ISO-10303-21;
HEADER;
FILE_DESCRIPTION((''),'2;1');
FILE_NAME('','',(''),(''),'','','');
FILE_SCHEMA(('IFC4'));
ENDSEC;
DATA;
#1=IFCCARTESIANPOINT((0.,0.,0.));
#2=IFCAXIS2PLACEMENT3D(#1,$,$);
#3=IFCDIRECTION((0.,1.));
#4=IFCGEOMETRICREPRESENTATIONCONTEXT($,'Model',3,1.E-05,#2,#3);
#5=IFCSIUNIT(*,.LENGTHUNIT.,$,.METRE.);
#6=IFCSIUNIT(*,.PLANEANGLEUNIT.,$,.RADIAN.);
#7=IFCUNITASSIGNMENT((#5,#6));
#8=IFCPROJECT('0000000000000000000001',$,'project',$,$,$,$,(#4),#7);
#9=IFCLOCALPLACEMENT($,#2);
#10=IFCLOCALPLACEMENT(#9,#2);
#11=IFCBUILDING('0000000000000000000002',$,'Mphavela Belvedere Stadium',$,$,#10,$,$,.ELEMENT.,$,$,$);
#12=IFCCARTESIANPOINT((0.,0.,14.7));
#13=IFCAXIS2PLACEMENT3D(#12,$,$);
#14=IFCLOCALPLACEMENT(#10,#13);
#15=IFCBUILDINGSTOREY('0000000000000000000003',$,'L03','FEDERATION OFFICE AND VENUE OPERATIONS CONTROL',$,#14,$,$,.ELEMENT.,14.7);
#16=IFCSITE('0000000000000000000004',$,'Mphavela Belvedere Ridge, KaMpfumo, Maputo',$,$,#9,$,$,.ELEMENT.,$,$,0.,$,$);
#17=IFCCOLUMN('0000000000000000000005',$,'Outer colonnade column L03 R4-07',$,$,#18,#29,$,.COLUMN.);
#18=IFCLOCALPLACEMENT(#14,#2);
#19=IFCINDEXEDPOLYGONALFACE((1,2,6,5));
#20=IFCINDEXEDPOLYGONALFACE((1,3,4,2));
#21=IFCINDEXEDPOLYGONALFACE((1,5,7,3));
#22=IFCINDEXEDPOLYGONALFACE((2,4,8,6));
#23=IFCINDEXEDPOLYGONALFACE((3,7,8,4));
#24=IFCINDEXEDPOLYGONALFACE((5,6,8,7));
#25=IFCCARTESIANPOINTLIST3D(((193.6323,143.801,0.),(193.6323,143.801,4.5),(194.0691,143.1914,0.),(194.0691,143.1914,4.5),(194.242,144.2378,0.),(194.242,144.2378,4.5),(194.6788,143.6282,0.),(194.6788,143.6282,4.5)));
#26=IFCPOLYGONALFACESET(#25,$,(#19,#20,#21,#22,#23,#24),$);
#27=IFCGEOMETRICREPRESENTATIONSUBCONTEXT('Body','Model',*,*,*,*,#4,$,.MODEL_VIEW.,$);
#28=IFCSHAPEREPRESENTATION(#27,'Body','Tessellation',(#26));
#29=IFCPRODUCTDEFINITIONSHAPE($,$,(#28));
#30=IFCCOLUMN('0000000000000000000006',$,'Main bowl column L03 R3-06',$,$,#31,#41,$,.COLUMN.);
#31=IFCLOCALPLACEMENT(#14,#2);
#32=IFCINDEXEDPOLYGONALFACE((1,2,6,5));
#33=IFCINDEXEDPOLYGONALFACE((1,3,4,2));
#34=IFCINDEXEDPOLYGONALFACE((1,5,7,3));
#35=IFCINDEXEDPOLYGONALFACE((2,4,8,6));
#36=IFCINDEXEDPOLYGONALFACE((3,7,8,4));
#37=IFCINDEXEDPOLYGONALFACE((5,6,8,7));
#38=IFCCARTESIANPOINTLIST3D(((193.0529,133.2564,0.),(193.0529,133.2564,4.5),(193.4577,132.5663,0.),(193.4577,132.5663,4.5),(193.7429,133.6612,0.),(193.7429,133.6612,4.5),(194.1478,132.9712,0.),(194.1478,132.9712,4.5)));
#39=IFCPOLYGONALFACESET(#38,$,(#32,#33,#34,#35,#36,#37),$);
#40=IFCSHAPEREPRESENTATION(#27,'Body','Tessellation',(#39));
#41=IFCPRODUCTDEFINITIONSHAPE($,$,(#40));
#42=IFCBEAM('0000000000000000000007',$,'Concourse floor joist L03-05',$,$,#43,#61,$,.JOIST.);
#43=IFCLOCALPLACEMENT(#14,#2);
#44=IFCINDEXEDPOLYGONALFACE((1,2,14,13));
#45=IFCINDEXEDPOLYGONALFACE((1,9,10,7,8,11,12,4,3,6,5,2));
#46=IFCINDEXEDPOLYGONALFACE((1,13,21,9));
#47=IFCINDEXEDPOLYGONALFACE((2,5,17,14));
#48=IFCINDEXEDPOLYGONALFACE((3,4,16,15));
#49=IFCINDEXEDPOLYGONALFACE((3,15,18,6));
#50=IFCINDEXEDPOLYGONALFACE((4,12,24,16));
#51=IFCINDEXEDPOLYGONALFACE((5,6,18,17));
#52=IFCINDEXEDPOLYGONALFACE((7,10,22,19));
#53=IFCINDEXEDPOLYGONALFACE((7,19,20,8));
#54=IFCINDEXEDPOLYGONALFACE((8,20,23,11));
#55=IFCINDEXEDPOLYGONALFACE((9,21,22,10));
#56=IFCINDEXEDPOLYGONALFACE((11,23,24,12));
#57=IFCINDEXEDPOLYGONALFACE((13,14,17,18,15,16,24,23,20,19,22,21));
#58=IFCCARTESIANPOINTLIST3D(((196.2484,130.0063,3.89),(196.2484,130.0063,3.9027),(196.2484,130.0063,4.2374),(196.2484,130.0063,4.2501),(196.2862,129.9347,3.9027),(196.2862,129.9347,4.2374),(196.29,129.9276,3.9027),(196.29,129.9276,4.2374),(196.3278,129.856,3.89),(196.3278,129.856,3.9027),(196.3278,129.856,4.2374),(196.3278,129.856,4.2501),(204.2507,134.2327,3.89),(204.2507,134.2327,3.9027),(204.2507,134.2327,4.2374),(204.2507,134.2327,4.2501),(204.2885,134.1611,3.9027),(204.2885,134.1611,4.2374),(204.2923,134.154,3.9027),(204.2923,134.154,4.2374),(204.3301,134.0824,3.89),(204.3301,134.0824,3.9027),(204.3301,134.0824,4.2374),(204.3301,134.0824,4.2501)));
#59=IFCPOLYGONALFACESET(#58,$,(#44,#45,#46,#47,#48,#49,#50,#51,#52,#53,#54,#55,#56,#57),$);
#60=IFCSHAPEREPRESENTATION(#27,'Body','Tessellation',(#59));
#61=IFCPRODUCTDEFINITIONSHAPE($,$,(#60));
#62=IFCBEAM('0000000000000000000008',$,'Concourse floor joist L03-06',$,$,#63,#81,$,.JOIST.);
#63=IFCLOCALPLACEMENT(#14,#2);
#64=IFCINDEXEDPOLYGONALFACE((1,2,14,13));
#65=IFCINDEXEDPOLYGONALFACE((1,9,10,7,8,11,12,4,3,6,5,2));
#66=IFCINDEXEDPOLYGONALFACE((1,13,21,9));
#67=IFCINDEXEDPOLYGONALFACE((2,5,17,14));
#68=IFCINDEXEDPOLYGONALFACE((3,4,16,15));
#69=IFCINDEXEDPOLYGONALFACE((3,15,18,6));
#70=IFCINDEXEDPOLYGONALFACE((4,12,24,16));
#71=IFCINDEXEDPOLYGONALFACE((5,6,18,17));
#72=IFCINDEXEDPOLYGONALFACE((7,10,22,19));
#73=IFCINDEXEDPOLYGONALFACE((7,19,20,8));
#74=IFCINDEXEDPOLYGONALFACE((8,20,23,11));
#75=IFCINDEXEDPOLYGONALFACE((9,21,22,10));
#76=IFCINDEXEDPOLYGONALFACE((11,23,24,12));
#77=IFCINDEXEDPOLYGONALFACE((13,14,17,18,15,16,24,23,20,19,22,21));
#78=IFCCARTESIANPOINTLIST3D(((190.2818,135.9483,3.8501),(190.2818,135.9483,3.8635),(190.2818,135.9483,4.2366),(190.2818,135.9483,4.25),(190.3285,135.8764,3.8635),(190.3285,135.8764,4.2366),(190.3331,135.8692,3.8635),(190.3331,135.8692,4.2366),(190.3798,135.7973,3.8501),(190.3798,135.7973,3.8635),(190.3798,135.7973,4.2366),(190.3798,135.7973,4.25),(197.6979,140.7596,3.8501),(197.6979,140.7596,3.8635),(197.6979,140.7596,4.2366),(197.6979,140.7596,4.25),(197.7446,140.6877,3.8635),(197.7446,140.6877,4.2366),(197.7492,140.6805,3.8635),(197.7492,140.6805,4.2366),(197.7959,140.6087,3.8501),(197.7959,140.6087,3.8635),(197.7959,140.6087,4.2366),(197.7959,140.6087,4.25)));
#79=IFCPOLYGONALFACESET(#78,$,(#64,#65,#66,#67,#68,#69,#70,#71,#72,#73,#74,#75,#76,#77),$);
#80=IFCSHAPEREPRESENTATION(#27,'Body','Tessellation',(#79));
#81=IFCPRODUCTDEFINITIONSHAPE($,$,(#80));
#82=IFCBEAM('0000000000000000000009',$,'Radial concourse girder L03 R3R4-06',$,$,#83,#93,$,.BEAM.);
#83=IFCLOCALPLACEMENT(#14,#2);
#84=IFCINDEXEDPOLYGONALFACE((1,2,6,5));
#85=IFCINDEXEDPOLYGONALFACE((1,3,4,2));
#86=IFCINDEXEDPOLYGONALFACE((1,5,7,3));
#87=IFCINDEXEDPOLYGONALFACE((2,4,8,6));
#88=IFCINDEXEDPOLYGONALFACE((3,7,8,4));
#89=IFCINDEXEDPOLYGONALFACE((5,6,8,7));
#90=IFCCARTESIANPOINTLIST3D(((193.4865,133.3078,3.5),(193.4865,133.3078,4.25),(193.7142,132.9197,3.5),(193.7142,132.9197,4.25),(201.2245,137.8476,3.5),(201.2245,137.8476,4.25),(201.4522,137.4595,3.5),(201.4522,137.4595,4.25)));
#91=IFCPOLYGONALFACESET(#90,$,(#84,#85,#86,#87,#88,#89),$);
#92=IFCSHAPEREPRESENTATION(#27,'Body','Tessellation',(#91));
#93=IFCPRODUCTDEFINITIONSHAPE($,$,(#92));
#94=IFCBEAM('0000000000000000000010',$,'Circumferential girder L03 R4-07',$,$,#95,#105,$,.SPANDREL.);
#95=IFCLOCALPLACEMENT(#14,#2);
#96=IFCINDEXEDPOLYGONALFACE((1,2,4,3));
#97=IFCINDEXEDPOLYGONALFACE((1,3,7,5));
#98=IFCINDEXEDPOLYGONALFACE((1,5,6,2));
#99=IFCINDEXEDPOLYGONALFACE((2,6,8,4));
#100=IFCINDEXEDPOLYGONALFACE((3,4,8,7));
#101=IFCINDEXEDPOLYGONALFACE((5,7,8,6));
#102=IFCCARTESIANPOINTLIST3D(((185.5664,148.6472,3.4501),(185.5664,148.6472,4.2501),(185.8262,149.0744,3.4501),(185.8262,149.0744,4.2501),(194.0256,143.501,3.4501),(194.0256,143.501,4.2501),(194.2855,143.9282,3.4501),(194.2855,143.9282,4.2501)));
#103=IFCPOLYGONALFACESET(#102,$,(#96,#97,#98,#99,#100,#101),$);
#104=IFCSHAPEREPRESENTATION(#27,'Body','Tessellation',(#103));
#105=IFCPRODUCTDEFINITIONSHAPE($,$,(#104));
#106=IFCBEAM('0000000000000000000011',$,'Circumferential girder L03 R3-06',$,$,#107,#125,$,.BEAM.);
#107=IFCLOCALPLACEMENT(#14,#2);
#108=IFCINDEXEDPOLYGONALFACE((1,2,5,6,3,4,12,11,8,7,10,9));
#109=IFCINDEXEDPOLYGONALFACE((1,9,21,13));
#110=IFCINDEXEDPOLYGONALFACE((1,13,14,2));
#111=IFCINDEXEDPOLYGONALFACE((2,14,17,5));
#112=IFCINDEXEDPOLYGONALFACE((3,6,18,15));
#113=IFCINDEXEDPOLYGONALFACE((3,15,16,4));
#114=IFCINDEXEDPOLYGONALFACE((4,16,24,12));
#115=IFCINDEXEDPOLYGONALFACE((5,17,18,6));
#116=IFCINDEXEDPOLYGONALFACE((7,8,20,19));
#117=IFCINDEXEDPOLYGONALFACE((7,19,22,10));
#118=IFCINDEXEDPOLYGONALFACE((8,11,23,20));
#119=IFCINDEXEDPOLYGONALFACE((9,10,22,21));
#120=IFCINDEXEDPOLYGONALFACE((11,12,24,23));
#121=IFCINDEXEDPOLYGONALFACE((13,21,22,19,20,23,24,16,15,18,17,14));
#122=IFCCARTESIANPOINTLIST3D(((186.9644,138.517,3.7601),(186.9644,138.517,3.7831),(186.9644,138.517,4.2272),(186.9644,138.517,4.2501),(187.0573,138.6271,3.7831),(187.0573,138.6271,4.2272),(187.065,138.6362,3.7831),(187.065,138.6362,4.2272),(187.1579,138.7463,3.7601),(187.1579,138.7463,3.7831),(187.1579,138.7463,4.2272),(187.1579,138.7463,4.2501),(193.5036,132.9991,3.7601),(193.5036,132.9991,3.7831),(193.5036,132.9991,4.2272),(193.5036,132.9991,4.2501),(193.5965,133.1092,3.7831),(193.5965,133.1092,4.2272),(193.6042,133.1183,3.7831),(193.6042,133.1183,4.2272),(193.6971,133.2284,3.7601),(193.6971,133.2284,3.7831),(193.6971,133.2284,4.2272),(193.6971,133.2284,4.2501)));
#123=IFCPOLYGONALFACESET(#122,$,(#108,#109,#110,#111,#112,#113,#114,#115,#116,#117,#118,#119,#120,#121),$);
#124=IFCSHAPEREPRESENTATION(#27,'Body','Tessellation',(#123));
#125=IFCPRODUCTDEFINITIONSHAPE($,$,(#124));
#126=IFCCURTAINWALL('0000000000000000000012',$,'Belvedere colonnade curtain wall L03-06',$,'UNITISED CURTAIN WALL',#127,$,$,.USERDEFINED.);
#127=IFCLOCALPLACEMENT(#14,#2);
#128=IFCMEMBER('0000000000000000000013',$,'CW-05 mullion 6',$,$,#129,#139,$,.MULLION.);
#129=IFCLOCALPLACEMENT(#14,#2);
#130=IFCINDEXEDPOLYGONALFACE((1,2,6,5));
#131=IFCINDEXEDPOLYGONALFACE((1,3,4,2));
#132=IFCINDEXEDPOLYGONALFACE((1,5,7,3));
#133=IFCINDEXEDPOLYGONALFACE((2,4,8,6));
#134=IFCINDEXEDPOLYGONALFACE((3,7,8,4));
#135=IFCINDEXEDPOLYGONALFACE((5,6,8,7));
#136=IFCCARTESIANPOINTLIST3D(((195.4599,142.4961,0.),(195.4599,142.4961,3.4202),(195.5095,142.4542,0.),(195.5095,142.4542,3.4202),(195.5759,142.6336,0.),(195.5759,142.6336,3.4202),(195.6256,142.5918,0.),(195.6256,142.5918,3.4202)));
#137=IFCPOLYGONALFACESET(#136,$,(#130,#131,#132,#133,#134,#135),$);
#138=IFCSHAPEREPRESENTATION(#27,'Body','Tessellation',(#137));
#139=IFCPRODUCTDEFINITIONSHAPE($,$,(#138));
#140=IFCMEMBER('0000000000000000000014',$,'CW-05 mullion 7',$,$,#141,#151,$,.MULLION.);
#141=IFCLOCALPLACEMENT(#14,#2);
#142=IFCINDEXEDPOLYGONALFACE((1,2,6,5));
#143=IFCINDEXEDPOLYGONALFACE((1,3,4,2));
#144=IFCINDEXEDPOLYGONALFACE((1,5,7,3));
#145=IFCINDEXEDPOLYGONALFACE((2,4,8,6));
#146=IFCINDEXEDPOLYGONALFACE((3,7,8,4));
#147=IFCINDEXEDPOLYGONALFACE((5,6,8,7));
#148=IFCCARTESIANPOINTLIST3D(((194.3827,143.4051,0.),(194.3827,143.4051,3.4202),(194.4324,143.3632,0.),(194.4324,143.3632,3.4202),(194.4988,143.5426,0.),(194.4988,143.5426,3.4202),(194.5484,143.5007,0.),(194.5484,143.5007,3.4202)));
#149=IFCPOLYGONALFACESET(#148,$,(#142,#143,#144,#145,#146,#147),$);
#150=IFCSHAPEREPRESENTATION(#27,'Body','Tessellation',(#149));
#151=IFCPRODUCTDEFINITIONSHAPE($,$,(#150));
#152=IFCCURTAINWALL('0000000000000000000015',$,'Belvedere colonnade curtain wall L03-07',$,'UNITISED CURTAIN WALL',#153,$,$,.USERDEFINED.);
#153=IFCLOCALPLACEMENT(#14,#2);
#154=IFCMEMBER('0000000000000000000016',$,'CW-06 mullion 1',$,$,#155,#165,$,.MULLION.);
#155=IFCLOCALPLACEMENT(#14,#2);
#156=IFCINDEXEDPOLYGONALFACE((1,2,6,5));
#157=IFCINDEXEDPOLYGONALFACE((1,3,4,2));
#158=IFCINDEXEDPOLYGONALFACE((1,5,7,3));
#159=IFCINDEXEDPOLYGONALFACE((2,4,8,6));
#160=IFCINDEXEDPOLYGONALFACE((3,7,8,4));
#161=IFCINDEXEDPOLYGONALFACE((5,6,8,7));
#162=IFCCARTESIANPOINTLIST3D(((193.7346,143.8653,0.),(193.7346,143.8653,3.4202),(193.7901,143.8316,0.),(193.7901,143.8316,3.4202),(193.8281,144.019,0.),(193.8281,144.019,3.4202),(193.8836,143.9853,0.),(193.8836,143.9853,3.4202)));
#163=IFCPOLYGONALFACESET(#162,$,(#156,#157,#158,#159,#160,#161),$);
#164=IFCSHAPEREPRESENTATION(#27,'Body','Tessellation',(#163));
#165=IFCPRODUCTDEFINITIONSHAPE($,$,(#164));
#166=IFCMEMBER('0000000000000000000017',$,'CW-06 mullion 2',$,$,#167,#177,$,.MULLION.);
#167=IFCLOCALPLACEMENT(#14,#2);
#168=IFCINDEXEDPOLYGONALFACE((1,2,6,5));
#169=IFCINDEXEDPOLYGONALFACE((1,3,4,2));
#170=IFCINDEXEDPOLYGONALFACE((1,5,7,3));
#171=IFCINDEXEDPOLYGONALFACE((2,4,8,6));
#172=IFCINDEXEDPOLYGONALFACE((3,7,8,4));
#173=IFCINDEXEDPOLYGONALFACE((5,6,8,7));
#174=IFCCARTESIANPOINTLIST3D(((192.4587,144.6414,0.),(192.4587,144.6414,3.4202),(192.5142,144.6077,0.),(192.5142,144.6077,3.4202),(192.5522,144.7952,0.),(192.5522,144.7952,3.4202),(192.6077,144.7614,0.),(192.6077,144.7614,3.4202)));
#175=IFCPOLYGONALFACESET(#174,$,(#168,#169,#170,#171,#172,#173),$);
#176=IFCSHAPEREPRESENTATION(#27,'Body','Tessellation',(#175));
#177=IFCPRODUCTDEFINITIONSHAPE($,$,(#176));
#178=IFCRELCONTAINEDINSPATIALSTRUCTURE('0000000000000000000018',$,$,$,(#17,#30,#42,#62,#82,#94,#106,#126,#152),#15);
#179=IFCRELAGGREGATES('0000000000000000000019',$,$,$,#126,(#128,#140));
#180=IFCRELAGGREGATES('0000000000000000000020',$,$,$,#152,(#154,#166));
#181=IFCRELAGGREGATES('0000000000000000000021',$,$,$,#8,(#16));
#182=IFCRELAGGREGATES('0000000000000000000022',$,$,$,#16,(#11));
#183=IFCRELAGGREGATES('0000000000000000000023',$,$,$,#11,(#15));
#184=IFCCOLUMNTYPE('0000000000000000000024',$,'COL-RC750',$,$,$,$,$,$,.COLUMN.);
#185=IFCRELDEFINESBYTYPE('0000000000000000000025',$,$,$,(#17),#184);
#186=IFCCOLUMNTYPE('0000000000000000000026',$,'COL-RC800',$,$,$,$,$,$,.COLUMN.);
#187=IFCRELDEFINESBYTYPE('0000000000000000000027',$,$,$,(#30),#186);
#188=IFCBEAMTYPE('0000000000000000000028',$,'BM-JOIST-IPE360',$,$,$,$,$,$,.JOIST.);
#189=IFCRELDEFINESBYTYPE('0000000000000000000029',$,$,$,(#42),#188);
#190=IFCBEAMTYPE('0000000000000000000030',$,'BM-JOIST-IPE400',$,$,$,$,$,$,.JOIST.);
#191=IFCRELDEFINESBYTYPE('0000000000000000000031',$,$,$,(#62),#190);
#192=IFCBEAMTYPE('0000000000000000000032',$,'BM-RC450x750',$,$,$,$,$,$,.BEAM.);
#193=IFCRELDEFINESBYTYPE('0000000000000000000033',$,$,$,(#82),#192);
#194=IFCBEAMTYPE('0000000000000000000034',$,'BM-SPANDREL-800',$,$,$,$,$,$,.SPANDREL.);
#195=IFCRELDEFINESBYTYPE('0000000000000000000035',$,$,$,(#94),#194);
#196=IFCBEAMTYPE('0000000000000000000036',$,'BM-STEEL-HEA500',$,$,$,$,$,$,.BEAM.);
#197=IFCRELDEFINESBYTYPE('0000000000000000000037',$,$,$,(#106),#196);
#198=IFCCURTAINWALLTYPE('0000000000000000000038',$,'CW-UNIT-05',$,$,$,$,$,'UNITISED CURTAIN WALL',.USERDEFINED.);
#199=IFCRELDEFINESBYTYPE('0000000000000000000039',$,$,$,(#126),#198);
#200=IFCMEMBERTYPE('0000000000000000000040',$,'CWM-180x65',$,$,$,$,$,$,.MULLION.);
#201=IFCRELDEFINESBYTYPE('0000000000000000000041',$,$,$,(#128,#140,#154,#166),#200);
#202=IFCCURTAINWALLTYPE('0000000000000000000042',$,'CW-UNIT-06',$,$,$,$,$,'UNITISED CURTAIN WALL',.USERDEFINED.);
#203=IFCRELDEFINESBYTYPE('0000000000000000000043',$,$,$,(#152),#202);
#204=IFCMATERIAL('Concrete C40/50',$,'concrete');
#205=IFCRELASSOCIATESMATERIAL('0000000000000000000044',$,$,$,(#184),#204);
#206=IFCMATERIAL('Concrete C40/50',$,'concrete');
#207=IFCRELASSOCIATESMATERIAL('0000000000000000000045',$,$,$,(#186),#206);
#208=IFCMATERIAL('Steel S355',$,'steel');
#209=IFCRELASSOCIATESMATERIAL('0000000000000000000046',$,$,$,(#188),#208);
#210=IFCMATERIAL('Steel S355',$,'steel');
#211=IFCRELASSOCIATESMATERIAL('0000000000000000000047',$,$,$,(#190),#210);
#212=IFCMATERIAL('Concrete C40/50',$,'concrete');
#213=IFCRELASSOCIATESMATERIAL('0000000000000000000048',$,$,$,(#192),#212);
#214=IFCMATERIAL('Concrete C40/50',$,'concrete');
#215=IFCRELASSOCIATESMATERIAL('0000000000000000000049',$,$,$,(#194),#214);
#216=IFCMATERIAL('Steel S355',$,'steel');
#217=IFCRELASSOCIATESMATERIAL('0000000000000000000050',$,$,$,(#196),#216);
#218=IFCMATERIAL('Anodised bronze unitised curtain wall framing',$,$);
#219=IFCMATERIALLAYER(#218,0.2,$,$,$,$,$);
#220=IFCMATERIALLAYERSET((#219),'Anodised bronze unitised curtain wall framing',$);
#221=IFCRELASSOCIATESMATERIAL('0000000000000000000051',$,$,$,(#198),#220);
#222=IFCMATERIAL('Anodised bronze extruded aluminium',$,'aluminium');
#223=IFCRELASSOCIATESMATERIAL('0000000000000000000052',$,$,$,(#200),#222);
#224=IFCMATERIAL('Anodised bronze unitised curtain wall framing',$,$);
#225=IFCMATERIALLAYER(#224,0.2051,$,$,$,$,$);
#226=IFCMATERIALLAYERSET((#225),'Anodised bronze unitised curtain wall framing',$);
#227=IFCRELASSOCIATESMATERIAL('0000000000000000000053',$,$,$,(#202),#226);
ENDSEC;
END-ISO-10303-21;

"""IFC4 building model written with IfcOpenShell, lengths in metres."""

from ifc_helpers import new_model, si_unit, direction, frame, origin, origin_2d, place, context, subcontext, project, spatial, rectangle, i_section, extrude, material, layer, layer_set, material_profile, profile_set, type_object, element, aggregate, save


model = new_model("IFC4")

# Units and contexts
model_context = context("Model", 3, precision=1e-05, world=origin(), true_north=direction((0.0, 1.0)))
body_context = subcontext(model_context, "Body", "Model", "MODEL_VIEW")
ifc_project = project(units=[si_unit("LENGTHUNIT", "METRE"), si_unit("PLANEANGLEUNIT", "RADIAN")], contexts=[model_context])

# Site, building, storey
site_placement = place(None, origin())
site = spatial("IfcSite", under=ifc_project, at=site_placement, Name="Mphavela Belvedere Ridge, KaMpfumo, Maputo", CompositionType="ELEMENT", RefElevation=0.0)
building_placement = place(site_placement, origin())
building = spatial("IfcBuilding", under=site, at=building_placement, Name="Mphavela Belvedere Stadium", CompositionType="ELEMENT")
storey_placement = place(building_placement, frame((0.0, 0.0, 14.7)))
storey = spatial("IfcBuildingStorey", under=building, at=storey_placement, Name="L03", Description="FEDERATION OFFICE AND VENUE OPERATIONS CONTROL", CompositionType="ELEMENT", Elevation=14.7)

# Columns
ifc_material_1 = material(Name="Concrete C40/50", Category="concrete")
ifc_material_profile_1 = material_profile(ifc_material_1, rectangle(XDim=0.75, YDim=0.75, at=origin_2d()), Name="RC 750x750")
ifc_profile_set_1 = profile_set([ifc_material_profile_1], Name="Concrete C40/50")
column_type_1 = type_object("IfcColumnType", Name="COL-RC750", PredefinedType="COLUMN", material=ifc_profile_set_1)
column_1_placement = place(storey_placement, frame((194.1555, 143.7146, 0.0), z_axis=(0.0, 0.0, 1.0), x_axis=(0.812898, 0.582407, 0.0)))
element("IfcColumn", 1, at=column_1_placement, inside=storey, type_object=column_type_1, Name="Outer colonnade column L03 R4-07", PredefinedType="COLUMN", context=body_context, shape_type="SweptSolid", body=[
    extrude(rectangle(XDim=0.75, YDim=0.75, at=origin_2d()), origin(), (0.0, 0.0, 1.0), 4.5),
])
ifc_material_2 = material(Name="Concrete C40/50", Category="concrete")
ifc_material_profile_2 = material_profile(ifc_material_2, rectangle(XDim=0.8, YDim=0.8, at=origin_2d()), Name="RC 800x800")
ifc_profile_set_2 = profile_set([ifc_material_profile_2], Name="Concrete C40/50")
column_type_2 = type_object("IfcColumnType", Name="COL-RC800", PredefinedType="COLUMN", material=ifc_profile_set_2)
column_2_placement = place(storey_placement, frame((193.6003, 133.1138, 0.0), z_axis=(0.0, 0.0, 1.0), x_axis=(0.862514, 0.506034, 0.0)))
element("IfcColumn", 2, at=column_2_placement, inside=storey, type_object=column_type_2, Name="Main bowl column L03 R3-06", PredefinedType="COLUMN", context=body_context, shape_type="SweptSolid", body=[
    extrude(rectangle(XDim=0.8, YDim=0.8, at=origin_2d()), origin(), (0.0, 0.0, 1.0), 4.5),
])

# Beams
ifc_material_3 = material(Name="Steel S355", Category="steel")
ifc_material_profile_3 = material_profile(ifc_material_3, i_section(OverallWidth=0.1699, OverallDepth=0.3601, WebThickness=0.0081, FlangeThickness=0.0127, at=origin_2d()), Name="IPE 360")
ifc_profile_set_3 = profile_set([ifc_material_profile_3], Name="Steel S355")
beam_type_1 = type_object("IfcBeamType", Name="BM-JOIST-IPE360", PredefinedType="JOIST", material=ifc_profile_set_3)
beam_1_placement = place(storey_placement, frame((196.2881, 129.9312, 4.0701), z_axis=(0.884251, 0.467012, 0.0), x_axis=(-0.467012, 0.884251, 0.0)))
element("IfcBeam", 3, at=beam_1_placement, inside=storey, type_object=beam_type_1, Name="Concourse floor joist L03-05", PredefinedType="JOIST", context=body_context, shape_type="SweptSolid", body=[
    extrude(i_section(OverallWidth=0.1699, OverallDepth=0.3601, WebThickness=0.0081, FlangeThickness=0.0127, at=origin_2d()), origin(), (0.0, 0.0, 1.0), 9.0498),
])
ifc_material_4 = material(Name="Steel S355", Category="steel")
ifc_material_profile_4 = material_profile(ifc_material_4, i_section(OverallWidth=0.1799, OverallDepth=0.3999, WebThickness=0.0085, FlangeThickness=0.0134, at=origin_2d()), Name="IPE 400")
ifc_profile_set_4 = profile_set([ifc_material_profile_4], Name="Steel S355")
beam_type_2 = type_object("IfcBeamType", Name="BM-JOIST-IPE400", PredefinedType="JOIST", material=ifc_profile_set_4)
beam_2_placement = place(storey_placement, frame((190.3308, 135.8728, 4.05), z_axis=(0.838915, 0.544262, 0.0), x_axis=(-0.544262, 0.838915, 0.0)))
element("IfcBeam", 4, at=beam_2_placement, inside=storey, type_object=beam_type_2, Name="Concourse floor joist L03-06", PredefinedType="JOIST", context=body_context, shape_type="SweptSolid", body=[
    extrude(i_section(OverallWidth=0.1799, OverallDepth=0.3999, WebThickness=0.0085, FlangeThickness=0.0134, at=origin_2d()), origin(), (0.0, 0.0, 1.0), 8.8401),
])
ifc_material_5 = material(Name="Concrete C40/50", Category="concrete")
ifc_material_profile_5 = material_profile(ifc_material_5, rectangle(XDim=0.45, YDim=0.75, at=origin_2d()), Name="RC 450x750")
ifc_profile_set_5 = profile_set([ifc_material_profile_5], Name="Concrete C40/50")
beam_type_3 = type_object("IfcBeamType", Name="BM-RC450x750", PredefinedType="BEAM", material=ifc_profile_set_5)
beam_3_placement = place(storey_placement, frame((193.6003, 133.1138, 3.875), z_axis=(0.862518, 0.506027, 0.0), x_axis=(-0.506027, 0.862518, 0.0)))
element("IfcBeam", 5, at=beam_3_placement, inside=storey, type_object=beam_type_3, Name="Radial concourse girder L03 R3R4-06", PredefinedType="BEAM", context=body_context, shape_type="SweptSolid", body=[
    extrude(rectangle(XDim=0.45, YDim=0.75, at=origin_2d()), origin(), (0.0, 0.0, 1.0), 8.9714),
])
ifc_material_6 = material(Name="Concrete C40/50", Category="concrete")
ifc_material_profile_6 = material_profile(ifc_material_6, rectangle(XDim=0.5, YDim=0.8, at=origin_2d()), Name="RC 500x800")
ifc_profile_set_6 = profile_set([ifc_material_profile_6], Name="Concrete C40/50")
beam_type_4 = type_object("IfcBeamType", Name="BM-SPANDREL-800", PredefinedType="SPANDREL", material=ifc_profile_set_6)
beam_4_placement = place(storey_placement, frame((194.1555, 143.7146, 3.8501), z_axis=(-0.854327, 0.519737, 0.0), x_axis=(-0.519737, -0.854327, 0.0)))
element("IfcBeam", 6, at=beam_4_placement, inside=storey, type_object=beam_type_4, Name="Circumferential girder L03 R4-07", PredefinedType="SPANDREL", context=body_context, shape_type="SweptSolid", body=[
    extrude(rectangle(XDim=0.5, YDim=0.8, at=origin_2d()), origin(), (0.0, 0.0, 1.0), 9.9016),
])
ifc_material_7 = material(Name="Steel S355", Category="steel")
ifc_material_profile_7 = material_profile(ifc_material_7, i_section(OverallWidth=0.3, OverallDepth=0.49, WebThickness=0.012, FlangeThickness=0.0229, at=origin_2d()), Name="HEA 500")
ifc_profile_set_7 = profile_set([ifc_material_profile_7], Name="Steel S355")
beam_type_5 = type_object("IfcBeamType", Name="BM-STEEL-HEA500", PredefinedType="BEAM", material=ifc_profile_set_7)
beam_5_placement = place(storey_placement, frame((193.6003, 133.1138, 4.0051), z_axis=(-0.764263, 0.644904, 0.0), x_axis=(-0.644904, -0.764263, 0.0)))
element("IfcBeam", 7, at=beam_5_placement, inside=storey, type_object=beam_type_5, Name="Circumferential girder L03 R3-06", PredefinedType="BEAM", context=body_context, shape_type="SweptSolid", body=[
    extrude(i_section(OverallWidth=0.3, OverallDepth=0.49, WebThickness=0.012, FlangeThickness=0.0229, at=origin_2d()), origin(), (0.0, 0.0, 1.0), 8.5562),
])

# Curtain walls, members
ifc_material_8 = material(Name="Anodised bronze unitised curtain wall framing")
ifc_layer_1 = layer(ifc_material_8, 0.2)
ifc_layer_set_1 = layer_set([ifc_layer_1], Name="Anodised bronze unitised curtain wall framing")
curtain_wall_type_1 = type_object("IfcCurtainWallType", Name="CW-UNIT-05", ElementType="UNITISED CURTAIN WALL", PredefinedType="USERDEFINED", material=ifc_layer_set_1)
curtain_wall_1_placement = place(storey_placement, origin())
curtain_wall_1 = element("IfcCurtainWall", 8, at=curtain_wall_1_placement, inside=storey, type_object=curtain_wall_type_1, Name="Belvedere colonnade curtain wall L03-06", ObjectType="UNITISED CURTAIN WALL", PredefinedType="USERDEFINED")
ifc_material_9 = material(Name="Anodised bronze extruded aluminium", Category="aluminium")
ifc_material_profile_8 = material_profile(ifc_material_9, rectangle(XDim=0.1799, YDim=0.0649, at=origin_2d()), Name="CW-MUL 180x65")
ifc_profile_set_8 = profile_set([ifc_material_profile_8], Name="Anodised bronze extruded aluminium")
member_type_1 = type_object("IfcMemberType", Name="CWM-180x65", PredefinedType="MULLION", material=ifc_profile_set_8)
member_1_placement = place(storey_placement, frame((195.5427, 142.5439, 0.0), z_axis=(0.0, 0.0, 1.0), x_axis=(-0.644905, -0.764263, 0.0)))
member_1 = element("IfcMember", 9, at=member_1_placement, type_object=member_type_1, Name="CW-05 mullion 6", PredefinedType="MULLION", context=body_context, shape_type="SweptSolid", body=[
    extrude(rectangle(XDim=0.1799, YDim=0.0649, at=origin_2d()), origin(), (0.0, 0.0, 1.0), 3.4202),
])
member_2_placement = place(storey_placement, frame((194.4656, 143.4529, 0.0), z_axis=(0.0, 0.0, 1.0), x_axis=(-0.644905, -0.764263, 0.0)))
member_2 = element("IfcMember", 10, at=member_2_placement, type_object=member_type_1, Name="CW-05 mullion 7", PredefinedType="MULLION", context=body_context, shape_type="SweptSolid", body=[
    extrude(rectangle(XDim=0.1799, YDim=0.0649, at=origin_2d()), origin(), (0.0, 0.0, 1.0), 3.4202),
])
ifc_material_10 = material(Name="Anodised bronze unitised curtain wall framing")
ifc_layer_2 = layer(ifc_material_10, 0.2051)
ifc_layer_set_2 = layer_set([ifc_layer_2], Name="Anodised bronze unitised curtain wall framing")
curtain_wall_type_2 = type_object("IfcCurtainWallType", Name="CW-UNIT-06", ElementType="UNITISED CURTAIN WALL", PredefinedType="USERDEFINED", material=ifc_layer_set_2)
curtain_wall_2_placement = place(storey_placement, origin())
curtain_wall_2 = element("IfcCurtainWall", 11, at=curtain_wall_2_placement, inside=storey, type_object=curtain_wall_type_2, Name="Belvedere colonnade curtain wall L03-07", ObjectType="UNITISED CURTAIN WALL", PredefinedType="USERDEFINED")
member_3_placement = place(storey_placement, frame((193.8091, 143.9253, 0.0), z_axis=(0.0, 0.0, 1.0), x_axis=(-0.519738, -0.854325, 0.0)))
member_3 = element("IfcMember", 12, at=member_3_placement, type_object=member_type_1, Name="CW-06 mullion 1", PredefinedType="MULLION", context=body_context, shape_type="SweptSolid", body=[
    extrude(rectangle(XDim=0.1799, YDim=0.0649, at=origin_2d()), origin(), (0.0, 0.0, 1.0), 3.4202),
])
member_4_placement = place(storey_placement, frame((192.5332, 144.7014, 0.0), z_axis=(0.0, 0.0, 1.0), x_axis=(-0.519738, -0.854325, 0.0)))
member_4 = element("IfcMember", 13, at=member_4_placement, type_object=member_type_1, Name="CW-06 mullion 2", PredefinedType="MULLION", context=body_context, shape_type="SweptSolid", body=[
    extrude(rectangle(XDim=0.1799, YDim=0.0649, at=origin_2d()), origin(), (0.0, 0.0, 1.0), 3.4202),
])

aggregate(curtain_wall_1, [member_1, member_2])
aggregate(curtain_wall_2, [member_3, member_4])

save(model, "model.ifc")
